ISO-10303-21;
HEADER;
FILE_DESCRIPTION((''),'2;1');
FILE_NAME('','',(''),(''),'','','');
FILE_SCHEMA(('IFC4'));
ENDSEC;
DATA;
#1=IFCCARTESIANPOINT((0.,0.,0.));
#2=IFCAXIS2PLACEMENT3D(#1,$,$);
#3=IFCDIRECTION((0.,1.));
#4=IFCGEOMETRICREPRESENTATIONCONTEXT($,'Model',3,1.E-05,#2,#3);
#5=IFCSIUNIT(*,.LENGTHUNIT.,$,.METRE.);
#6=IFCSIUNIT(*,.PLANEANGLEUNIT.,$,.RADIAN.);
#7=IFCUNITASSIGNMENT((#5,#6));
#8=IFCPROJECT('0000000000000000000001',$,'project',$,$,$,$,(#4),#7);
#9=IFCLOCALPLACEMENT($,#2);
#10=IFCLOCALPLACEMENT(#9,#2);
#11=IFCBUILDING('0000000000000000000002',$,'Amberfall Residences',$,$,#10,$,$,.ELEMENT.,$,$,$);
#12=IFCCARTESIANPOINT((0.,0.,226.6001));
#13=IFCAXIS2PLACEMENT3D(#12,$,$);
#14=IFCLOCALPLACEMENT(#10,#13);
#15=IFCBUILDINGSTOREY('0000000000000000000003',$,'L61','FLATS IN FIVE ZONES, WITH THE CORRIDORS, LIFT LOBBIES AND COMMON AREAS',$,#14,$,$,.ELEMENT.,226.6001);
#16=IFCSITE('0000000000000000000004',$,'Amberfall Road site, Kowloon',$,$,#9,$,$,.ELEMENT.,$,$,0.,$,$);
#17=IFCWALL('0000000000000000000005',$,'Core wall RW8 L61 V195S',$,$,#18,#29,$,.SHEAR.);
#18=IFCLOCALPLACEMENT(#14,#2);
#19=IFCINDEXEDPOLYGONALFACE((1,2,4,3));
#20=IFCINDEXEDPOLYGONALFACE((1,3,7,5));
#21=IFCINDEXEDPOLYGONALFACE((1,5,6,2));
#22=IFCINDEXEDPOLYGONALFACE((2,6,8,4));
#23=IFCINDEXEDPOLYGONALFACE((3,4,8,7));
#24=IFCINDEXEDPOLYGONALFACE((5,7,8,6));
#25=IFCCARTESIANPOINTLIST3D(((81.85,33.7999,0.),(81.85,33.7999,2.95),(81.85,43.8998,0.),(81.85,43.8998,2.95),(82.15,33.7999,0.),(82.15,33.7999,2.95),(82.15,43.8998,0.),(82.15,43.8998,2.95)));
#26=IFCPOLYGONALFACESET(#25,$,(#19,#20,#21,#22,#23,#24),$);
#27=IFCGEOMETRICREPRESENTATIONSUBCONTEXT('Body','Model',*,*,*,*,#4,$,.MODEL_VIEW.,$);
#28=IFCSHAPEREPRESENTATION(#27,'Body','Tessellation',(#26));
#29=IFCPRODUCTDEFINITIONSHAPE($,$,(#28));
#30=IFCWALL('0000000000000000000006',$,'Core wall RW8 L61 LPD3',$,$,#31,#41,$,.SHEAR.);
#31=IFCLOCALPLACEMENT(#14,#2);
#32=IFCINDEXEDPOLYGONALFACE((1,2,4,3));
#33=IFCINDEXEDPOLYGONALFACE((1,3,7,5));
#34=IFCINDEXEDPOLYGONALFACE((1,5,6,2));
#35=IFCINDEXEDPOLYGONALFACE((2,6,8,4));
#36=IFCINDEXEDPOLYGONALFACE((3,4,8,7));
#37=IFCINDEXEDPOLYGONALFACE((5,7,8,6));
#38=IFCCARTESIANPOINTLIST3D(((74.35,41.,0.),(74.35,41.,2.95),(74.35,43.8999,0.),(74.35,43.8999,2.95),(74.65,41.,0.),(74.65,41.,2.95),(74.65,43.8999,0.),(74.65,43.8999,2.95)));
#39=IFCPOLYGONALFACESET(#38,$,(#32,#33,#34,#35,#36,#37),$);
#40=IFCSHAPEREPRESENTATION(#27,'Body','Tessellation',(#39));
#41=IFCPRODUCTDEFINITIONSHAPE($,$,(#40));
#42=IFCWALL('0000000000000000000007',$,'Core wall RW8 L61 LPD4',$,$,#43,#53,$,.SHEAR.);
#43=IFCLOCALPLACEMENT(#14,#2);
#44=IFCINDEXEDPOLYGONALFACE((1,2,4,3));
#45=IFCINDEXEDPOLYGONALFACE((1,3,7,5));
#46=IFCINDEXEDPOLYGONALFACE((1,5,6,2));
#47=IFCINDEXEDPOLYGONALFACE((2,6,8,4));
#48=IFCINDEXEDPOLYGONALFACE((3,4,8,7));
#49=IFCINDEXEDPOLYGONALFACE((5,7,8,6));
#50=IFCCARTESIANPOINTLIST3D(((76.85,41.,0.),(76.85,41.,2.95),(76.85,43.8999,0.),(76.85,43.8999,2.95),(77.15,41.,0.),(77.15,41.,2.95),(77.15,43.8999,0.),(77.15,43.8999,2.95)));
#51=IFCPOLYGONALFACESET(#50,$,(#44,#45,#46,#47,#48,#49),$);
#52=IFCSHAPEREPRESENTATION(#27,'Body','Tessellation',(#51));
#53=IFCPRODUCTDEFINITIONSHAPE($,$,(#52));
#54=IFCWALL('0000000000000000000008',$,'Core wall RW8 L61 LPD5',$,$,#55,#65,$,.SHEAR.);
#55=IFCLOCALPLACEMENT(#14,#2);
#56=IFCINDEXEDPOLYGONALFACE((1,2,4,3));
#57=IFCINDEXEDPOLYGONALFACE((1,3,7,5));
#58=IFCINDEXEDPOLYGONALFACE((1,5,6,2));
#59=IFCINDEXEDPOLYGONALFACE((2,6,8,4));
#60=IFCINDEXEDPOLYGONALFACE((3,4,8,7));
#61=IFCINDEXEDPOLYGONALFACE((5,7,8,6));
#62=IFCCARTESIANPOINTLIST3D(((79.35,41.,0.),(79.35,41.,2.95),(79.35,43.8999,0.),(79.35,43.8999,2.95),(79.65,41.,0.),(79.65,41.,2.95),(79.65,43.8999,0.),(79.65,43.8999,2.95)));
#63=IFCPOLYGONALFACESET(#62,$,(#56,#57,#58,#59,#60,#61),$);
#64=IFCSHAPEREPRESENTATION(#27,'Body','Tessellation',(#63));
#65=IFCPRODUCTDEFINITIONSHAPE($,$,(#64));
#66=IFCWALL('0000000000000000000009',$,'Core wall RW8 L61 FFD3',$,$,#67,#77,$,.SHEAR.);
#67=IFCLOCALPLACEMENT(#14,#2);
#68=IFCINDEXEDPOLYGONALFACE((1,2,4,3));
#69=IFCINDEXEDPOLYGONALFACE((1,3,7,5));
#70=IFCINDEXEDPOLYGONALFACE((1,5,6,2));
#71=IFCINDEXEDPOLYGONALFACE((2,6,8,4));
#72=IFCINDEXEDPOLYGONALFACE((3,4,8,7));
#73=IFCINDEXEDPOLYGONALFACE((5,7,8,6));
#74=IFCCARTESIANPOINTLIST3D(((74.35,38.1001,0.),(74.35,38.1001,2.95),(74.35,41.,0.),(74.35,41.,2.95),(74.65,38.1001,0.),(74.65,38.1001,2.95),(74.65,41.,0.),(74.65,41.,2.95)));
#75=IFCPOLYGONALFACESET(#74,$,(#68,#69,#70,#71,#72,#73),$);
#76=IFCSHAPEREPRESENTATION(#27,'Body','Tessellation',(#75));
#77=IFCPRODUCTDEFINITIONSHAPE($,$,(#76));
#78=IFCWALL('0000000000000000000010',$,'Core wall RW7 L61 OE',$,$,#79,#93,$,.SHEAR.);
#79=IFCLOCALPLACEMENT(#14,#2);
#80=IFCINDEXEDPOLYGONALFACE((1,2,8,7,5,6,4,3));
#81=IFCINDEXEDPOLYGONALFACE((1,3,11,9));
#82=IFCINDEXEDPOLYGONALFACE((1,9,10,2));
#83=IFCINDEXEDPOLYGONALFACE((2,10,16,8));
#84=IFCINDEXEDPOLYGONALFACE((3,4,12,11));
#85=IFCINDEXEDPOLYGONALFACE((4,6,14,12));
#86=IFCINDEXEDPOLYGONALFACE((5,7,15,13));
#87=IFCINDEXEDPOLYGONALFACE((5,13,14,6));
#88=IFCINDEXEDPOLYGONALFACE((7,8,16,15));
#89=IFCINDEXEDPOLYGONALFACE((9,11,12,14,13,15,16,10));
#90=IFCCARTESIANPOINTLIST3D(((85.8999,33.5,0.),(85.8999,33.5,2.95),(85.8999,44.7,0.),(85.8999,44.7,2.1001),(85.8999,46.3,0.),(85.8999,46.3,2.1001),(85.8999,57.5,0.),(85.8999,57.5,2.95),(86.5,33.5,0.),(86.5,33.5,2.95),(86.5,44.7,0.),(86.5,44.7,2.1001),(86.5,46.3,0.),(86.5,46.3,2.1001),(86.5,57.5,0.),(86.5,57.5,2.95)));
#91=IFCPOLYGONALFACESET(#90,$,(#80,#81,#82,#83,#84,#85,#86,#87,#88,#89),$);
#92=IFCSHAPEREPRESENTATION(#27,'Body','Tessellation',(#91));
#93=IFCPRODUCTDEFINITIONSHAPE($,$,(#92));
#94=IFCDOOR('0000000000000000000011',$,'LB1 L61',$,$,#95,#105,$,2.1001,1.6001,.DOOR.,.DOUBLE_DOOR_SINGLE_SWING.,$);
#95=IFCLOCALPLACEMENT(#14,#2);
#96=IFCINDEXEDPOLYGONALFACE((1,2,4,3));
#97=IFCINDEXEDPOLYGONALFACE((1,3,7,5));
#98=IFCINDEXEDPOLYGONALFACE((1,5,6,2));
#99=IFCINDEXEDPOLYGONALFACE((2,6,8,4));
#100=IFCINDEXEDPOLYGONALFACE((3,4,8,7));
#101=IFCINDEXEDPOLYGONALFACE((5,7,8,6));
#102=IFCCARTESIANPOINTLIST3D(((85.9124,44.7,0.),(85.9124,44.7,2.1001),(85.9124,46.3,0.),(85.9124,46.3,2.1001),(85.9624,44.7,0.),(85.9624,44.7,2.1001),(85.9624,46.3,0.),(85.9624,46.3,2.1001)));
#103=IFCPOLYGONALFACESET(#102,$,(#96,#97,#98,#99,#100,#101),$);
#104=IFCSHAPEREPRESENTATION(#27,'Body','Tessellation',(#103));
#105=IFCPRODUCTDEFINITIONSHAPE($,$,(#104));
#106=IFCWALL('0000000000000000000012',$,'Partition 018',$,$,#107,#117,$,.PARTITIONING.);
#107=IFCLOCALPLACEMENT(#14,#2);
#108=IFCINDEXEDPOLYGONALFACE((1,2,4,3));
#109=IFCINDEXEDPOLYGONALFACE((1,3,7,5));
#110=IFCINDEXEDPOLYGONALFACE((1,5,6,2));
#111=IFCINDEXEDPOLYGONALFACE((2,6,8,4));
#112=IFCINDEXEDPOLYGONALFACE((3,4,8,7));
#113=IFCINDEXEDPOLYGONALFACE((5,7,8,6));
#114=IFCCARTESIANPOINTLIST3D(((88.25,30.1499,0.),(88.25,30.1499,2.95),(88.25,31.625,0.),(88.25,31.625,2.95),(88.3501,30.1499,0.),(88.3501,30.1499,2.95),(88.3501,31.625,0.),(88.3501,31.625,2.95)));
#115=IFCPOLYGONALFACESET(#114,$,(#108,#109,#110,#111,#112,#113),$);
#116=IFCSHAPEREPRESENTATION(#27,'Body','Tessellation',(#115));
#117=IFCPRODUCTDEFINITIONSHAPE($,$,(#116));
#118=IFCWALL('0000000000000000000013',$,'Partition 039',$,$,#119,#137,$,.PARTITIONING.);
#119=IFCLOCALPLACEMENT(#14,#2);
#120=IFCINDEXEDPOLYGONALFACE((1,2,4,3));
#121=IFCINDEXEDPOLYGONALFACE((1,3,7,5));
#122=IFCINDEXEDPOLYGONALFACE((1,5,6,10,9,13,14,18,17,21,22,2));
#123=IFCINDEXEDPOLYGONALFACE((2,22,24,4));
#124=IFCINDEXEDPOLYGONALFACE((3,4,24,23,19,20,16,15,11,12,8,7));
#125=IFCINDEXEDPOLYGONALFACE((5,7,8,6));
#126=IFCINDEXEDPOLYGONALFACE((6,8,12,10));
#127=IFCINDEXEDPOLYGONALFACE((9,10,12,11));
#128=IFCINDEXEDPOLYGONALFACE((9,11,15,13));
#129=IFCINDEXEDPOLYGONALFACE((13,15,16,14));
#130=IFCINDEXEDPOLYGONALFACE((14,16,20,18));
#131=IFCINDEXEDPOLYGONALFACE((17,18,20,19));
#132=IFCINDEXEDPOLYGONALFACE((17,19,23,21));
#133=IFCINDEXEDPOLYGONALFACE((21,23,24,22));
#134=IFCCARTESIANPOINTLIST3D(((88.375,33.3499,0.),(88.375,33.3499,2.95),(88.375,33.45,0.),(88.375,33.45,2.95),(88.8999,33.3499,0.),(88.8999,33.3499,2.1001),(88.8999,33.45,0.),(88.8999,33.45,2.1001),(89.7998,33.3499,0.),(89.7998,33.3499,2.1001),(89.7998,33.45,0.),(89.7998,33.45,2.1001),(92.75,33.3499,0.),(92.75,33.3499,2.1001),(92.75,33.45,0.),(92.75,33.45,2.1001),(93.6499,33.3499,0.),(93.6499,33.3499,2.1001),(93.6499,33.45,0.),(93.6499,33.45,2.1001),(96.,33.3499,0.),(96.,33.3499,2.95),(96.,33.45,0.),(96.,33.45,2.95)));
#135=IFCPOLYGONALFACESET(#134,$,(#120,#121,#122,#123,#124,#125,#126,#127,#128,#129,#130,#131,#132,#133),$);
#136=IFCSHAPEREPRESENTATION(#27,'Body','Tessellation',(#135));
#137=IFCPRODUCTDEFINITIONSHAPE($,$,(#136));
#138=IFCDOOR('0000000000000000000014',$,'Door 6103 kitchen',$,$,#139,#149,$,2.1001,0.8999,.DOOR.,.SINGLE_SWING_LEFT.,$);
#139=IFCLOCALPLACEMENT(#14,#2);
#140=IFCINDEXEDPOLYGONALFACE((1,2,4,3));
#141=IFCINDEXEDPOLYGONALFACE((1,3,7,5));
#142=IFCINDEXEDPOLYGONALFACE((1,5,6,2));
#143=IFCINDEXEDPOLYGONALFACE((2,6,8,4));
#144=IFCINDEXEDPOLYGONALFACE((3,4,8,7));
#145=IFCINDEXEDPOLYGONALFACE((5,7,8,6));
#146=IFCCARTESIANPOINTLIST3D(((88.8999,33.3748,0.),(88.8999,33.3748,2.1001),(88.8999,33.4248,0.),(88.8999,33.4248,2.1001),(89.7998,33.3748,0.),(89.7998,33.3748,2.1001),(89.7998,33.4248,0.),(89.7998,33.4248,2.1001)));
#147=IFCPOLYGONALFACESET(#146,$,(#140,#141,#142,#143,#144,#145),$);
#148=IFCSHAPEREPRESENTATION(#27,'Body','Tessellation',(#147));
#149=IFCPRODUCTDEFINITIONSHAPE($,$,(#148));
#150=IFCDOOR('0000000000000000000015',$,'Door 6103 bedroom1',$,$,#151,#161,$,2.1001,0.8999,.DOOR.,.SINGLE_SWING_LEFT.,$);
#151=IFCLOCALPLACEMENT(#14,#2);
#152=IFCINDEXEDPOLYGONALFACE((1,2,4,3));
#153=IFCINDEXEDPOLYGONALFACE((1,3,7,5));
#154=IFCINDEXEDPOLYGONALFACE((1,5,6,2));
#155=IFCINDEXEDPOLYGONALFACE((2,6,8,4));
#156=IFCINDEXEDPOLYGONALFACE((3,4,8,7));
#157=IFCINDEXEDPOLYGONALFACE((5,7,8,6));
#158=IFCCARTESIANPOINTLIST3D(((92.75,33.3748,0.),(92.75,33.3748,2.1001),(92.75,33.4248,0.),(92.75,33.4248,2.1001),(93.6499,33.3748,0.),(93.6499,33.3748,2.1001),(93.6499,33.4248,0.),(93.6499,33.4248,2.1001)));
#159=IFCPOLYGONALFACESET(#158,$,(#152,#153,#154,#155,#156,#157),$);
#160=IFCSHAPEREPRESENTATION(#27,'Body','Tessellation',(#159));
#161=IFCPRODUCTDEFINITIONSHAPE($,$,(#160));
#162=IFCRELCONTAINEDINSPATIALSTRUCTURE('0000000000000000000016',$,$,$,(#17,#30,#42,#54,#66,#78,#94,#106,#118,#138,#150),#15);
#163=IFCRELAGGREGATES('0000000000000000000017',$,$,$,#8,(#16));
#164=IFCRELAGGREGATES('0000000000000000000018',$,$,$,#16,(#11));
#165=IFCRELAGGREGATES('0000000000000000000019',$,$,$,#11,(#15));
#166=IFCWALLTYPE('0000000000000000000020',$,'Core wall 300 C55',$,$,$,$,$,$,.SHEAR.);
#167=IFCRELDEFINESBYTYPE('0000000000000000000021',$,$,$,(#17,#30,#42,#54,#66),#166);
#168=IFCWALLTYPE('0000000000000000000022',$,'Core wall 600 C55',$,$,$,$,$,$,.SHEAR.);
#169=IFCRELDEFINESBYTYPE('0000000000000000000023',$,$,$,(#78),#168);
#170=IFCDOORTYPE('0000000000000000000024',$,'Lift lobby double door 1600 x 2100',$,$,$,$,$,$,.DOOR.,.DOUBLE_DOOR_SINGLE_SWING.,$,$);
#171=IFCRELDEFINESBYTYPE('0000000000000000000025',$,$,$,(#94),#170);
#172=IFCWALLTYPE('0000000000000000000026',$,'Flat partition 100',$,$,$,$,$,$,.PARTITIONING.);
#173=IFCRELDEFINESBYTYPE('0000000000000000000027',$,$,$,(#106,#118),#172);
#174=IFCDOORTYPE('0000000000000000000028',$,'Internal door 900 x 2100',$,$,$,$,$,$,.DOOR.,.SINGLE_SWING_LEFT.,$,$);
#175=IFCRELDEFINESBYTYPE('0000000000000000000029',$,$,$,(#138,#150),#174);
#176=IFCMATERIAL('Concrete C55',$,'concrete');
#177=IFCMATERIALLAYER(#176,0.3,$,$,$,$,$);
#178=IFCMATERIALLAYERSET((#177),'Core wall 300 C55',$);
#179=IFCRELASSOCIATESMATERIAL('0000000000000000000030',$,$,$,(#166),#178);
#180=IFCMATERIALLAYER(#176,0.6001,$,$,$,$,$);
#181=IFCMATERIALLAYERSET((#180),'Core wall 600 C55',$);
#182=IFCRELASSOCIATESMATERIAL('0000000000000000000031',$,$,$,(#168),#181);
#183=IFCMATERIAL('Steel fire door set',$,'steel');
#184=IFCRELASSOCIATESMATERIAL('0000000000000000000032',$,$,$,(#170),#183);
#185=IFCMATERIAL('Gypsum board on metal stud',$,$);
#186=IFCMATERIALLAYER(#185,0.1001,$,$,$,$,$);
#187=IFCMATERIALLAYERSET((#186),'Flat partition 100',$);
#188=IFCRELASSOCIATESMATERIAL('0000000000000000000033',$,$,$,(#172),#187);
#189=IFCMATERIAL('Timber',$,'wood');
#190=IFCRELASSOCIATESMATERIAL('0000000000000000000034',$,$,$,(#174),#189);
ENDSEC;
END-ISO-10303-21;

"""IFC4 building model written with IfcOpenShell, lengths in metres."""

from ifc_helpers import new_model, si_unit, direction, frame, frame_2d, origin, place, context, subcontext, project, spatial, rectangle, extrude, material, layer, layer_set, type_object, element, fill, save


model = new_model("IFC4")

# Units and contexts
model_context = context("Model", 3, precision=1e-05, world=origin(), true_north=direction((0.0, 1.0)))
body_context = subcontext(model_context, "Body", "Model", "MODEL_VIEW")
ifc_project = project(units=[si_unit("LENGTHUNIT", "METRE"), si_unit("PLANEANGLEUNIT", "RADIAN")], contexts=[model_context])

# Site, building, storey
site_placement = place(None, origin())
site = spatial("IfcSite", under=ifc_project, at=site_placement, Name="Amberfall Road site, Kowloon", CompositionType="ELEMENT", RefElevation=0.0)
building_placement = place(site_placement, origin())
building = spatial("IfcBuilding", under=site, at=building_placement, Name="Amberfall Residences", CompositionType="ELEMENT")
storey_placement = place(building_placement, frame((0.0, 0.0, 226.6001)))
storey = spatial("IfcBuildingStorey", under=building, at=storey_placement, Name="L61", Description="FLATS IN FIVE ZONES, WITH THE CORRIDORS, LIFT LOBBIES AND COMMON AREAS", CompositionType="ELEMENT", Elevation=226.6001)

# Walls
ifc_material_1 = material(Name="Concrete C55", Category="concrete")
ifc_layer_1 = layer(ifc_material_1, 0.3)
ifc_layer_set_1 = layer_set([ifc_layer_1], Name="Core wall 300 C55")
wall_type_1 = type_object("IfcWallType", Name="Core wall 300 C55", PredefinedType="SHEAR", material=ifc_layer_set_1)
wall_1_placement = place(storey_placement, frame((82.0, 33.8, 0.0), z_axis=(0.0, 0.0, 1.0), x_axis=(0.0, 1.0, 0.0)))
element("IfcWall", 1, at=wall_1_placement, inside=storey, type_object=wall_type_1, Name="Core wall RW8 L61 V195S", PredefinedType="SHEAR", context=body_context, shape_type="SweptSolid", body=[
    extrude(rectangle(XDim=10.0999, YDim=0.3, at=frame_2d((5.0498, 0.0))), origin(), (0.0, 0.0, 1.0), 2.95),
])
for number, where, z_axis, x_axis, name in (
    (2, (74.5, 41.0, 0.0), (0.0, 0.0, 1.0), (0.0, 1.0, 0.0), "Core wall RW8 L61 LPD3"),
    (3, (77.0, 41.0, 0.0), (0.0, 0.0, 1.0), (0.0, 1.0, 0.0), "Core wall RW8 L61 LPD4"),
    (4, (79.5, 41.0, 0.0), (0.0, 0.0, 1.0), (0.0, 1.0, 0.0), "Core wall RW8 L61 LPD5"),
    (5, (74.5, 38.1001, 0.0), (0.0, 0.0, 1.0), (0.0, 1.0, 0.0), "Core wall RW8 L61 FFD3"),
):
    element("IfcWall", number, at=place(storey_placement, frame(where, z_axis=z_axis, x_axis=x_axis)), inside=storey, type_object=wall_type_1, Name=name, PredefinedType="SHEAR", context=body_context, shape_type="SweptSolid", body=[
        extrude(rectangle(XDim=2.8999, YDim=0.3, at=frame_2d((1.45, 0.0))), origin(), (0.0, 0.0, 1.0), 2.95),
    ])

# Wall, opening, door
ifc_layer_2 = layer(ifc_material_1, 0.6001)
ifc_layer_set_2 = layer_set([ifc_layer_2], Name="Core wall 600 C55")
wall_type_2 = type_object("IfcWallType", Name="Core wall 600 C55", PredefinedType="SHEAR", material=ifc_layer_set_2)
wall_2_placement = place(storey_placement, frame((86.2, 33.5, 0.0), z_axis=(0.0, 0.0, 1.0), x_axis=(0.0, 1.0, 0.0)))
wall_2 = element("IfcWall", 6, at=wall_2_placement, inside=storey, type_object=wall_type_2, Name="Core wall RW7 L61 OE", PredefinedType="SHEAR", context=body_context, shape_type="SweptSolid", body=[
    extrude(rectangle(XDim=24.0, YDim=0.6001, at=frame_2d((12.0, 0.0))), origin(), (0.0, 0.0, 1.0), 2.95),
])
opening_1_placement = place(wall_2_placement, frame((11.2, 0.0, 0.0)))
opening_1 = element("IfcOpeningElement", 7, at=opening_1_placement, cuts=wall_2, PredefinedType="OPENING", context=body_context, shape_type="SweptSolid", body=[
    extrude(rectangle(XDim=1.6001, YDim=2.1001, at=frame_2d((0.8, 1.05))), frame((0.0, 0.3101, 0.0), z_axis=(0.0, -1.0, 0.0), x_axis=(1.0, 0.0, 0.0)), (0.0, 0.0, 1.0), 0.6201),
])
ifc_material_2 = material(Name="Steel fire door set", Category="steel")
door_type_1 = type_object("IfcDoorType", Name="Lift lobby double door 1600 x 2100", OperationType="DOUBLE_DOOR_SINGLE_SWING", PredefinedType="DOOR", material=ifc_material_2)
door_1_placement = place(opening_1_placement, origin())
door_1 = element("IfcDoor", 8, at=door_1_placement, inside=storey, type_object=door_type_1, Name="LB1 L61", OperationType="DOUBLE_DOOR_SINGLE_SWING", OverallHeight=2.1001, OverallWidth=1.6001, PredefinedType="DOOR", context=body_context, shape_type="SweptSolid", body=[
    extrude(rectangle(XDim=1.6001, YDim=2.1001, at=frame_2d((0.8, 1.05))), frame((0.0, 0.2876, 0.0), z_axis=(0.0, -1.0, 0.0), x_axis=(1.0, 0.0, 0.0)), (0.0, 0.0, 1.0), 0.05),
])
fill(opening_1, door_1)

# Wall
ifc_material_3 = material(Name="Gypsum board on metal stud")
ifc_layer_3 = layer(ifc_material_3, 0.1001)
ifc_layer_set_3 = layer_set([ifc_layer_3], Name="Flat partition 100")
wall_type_3 = type_object("IfcWallType", Name="Flat partition 100", PredefinedType="PARTITIONING", material=ifc_layer_set_3)
wall_3_placement = place(storey_placement, frame((88.3, 30.1499, 0.0), z_axis=(0.0, 0.0, 1.0), x_axis=(0.0, 1.0, 0.0)))
element("IfcWall", 9, at=wall_3_placement, inside=storey, type_object=wall_type_3, Name="Partition 018", PredefinedType="PARTITIONING", context=body_context, shape_type="SweptSolid", body=[
    extrude(rectangle(XDim=1.4751, YDim=0.1001, at=frame_2d((0.7375, 0.0))), origin(), (0.0, 0.0, 1.0), 2.95),
])

# Wall, openings, doors
wall_4_placement = place(storey_placement, frame((88.375, 33.3999, 0.0), z_axis=(0.0, 0.0, 1.0), x_axis=(1.0, 0.0, 0.0)))
wall_4 = element("IfcWall", 10, at=wall_4_placement, inside=storey, type_object=wall_type_3, Name="Partition 039", PredefinedType="PARTITIONING", context=body_context, shape_type="SweptSolid", body=[
    extrude(rectangle(XDim=7.625, YDim=0.1001, at=frame_2d((3.8125, 0.0))), origin(), (0.0, 0.0, 1.0), 2.95),
])
opening_2_placement = place(wall_4_placement, frame((0.5249, 0.0, 0.0)))
opening_2 = element("IfcOpeningElement", 11, at=opening_2_placement, cuts=wall_4, PredefinedType="OPENING", context=body_context, shape_type="SweptSolid", body=[
    extrude(rectangle(XDim=0.8999, YDim=2.1001, at=frame_2d((0.45, 1.05))), frame((0.0, 0.0601, 0.0), z_axis=(0.0, -1.0, 0.0), x_axis=(1.0, 0.0, 0.0)), (0.0, 0.0, 1.0), 0.1201),
])
opening_3_placement = place(wall_4_placement, frame((4.375, 0.0, 0.0)))
opening_3 = element("IfcOpeningElement", 12, at=opening_3_placement, cuts=wall_4, PredefinedType="OPENING", context=body_context, shape_type="SweptSolid", body=[
    extrude(rectangle(XDim=0.8999, YDim=2.1001, at=frame_2d((0.45, 1.05))), frame((0.0, 0.0601, 0.0), z_axis=(0.0, -1.0, 0.0), x_axis=(1.0, 0.0, 0.0)), (0.0, 0.0, 1.0), 0.1201),
])
ifc_material_4 = material(Name="Timber", Category="wood")
door_type_2 = type_object("IfcDoorType", Name="Internal door 900 x 2100", OperationType="SINGLE_SWING_LEFT", PredefinedType="DOOR", material=ifc_material_4)
door_2_placement = place(opening_2_placement, origin())
door_2 = element("IfcDoor", 13, at=door_2_placement, inside=storey, type_object=door_type_2, Name="Door 6103 kitchen", OperationType="SINGLE_SWING_LEFT", OverallHeight=2.1001, OverallWidth=0.8999, PredefinedType="DOOR", context=body_context, shape_type="SweptSolid", body=[
    extrude(rectangle(XDim=0.8999, YDim=2.1001, at=frame_2d((0.45, 1.05))), frame((0.0, 0.0249, 0.0), z_axis=(0.0, -1.0, 0.0), x_axis=(1.0, 0.0, 0.0)), (0.0, 0.0, 1.0), 0.05),
])
fill(opening_2, door_2)
door_3_placement = place(opening_3_placement, origin())
door_3 = element("IfcDoor", 14, at=door_3_placement, inside=storey, type_object=door_type_2, Name="Door 6103 bedroom1", OperationType="SINGLE_SWING_LEFT", OverallHeight=2.1001, OverallWidth=0.8999, PredefinedType="DOOR", context=body_context, shape_type="SweptSolid", body=[
    extrude(rectangle(XDim=0.8999, YDim=2.1001, at=frame_2d((0.45, 1.05))), frame((0.0, 0.0249, 0.0), z_axis=(0.0, -1.0, 0.0), x_axis=(1.0, 0.0, 0.0)), (0.0, 0.0, 1.0), 0.05),
])
fill(opening_3, door_3)

save(model, "model.ifc")
